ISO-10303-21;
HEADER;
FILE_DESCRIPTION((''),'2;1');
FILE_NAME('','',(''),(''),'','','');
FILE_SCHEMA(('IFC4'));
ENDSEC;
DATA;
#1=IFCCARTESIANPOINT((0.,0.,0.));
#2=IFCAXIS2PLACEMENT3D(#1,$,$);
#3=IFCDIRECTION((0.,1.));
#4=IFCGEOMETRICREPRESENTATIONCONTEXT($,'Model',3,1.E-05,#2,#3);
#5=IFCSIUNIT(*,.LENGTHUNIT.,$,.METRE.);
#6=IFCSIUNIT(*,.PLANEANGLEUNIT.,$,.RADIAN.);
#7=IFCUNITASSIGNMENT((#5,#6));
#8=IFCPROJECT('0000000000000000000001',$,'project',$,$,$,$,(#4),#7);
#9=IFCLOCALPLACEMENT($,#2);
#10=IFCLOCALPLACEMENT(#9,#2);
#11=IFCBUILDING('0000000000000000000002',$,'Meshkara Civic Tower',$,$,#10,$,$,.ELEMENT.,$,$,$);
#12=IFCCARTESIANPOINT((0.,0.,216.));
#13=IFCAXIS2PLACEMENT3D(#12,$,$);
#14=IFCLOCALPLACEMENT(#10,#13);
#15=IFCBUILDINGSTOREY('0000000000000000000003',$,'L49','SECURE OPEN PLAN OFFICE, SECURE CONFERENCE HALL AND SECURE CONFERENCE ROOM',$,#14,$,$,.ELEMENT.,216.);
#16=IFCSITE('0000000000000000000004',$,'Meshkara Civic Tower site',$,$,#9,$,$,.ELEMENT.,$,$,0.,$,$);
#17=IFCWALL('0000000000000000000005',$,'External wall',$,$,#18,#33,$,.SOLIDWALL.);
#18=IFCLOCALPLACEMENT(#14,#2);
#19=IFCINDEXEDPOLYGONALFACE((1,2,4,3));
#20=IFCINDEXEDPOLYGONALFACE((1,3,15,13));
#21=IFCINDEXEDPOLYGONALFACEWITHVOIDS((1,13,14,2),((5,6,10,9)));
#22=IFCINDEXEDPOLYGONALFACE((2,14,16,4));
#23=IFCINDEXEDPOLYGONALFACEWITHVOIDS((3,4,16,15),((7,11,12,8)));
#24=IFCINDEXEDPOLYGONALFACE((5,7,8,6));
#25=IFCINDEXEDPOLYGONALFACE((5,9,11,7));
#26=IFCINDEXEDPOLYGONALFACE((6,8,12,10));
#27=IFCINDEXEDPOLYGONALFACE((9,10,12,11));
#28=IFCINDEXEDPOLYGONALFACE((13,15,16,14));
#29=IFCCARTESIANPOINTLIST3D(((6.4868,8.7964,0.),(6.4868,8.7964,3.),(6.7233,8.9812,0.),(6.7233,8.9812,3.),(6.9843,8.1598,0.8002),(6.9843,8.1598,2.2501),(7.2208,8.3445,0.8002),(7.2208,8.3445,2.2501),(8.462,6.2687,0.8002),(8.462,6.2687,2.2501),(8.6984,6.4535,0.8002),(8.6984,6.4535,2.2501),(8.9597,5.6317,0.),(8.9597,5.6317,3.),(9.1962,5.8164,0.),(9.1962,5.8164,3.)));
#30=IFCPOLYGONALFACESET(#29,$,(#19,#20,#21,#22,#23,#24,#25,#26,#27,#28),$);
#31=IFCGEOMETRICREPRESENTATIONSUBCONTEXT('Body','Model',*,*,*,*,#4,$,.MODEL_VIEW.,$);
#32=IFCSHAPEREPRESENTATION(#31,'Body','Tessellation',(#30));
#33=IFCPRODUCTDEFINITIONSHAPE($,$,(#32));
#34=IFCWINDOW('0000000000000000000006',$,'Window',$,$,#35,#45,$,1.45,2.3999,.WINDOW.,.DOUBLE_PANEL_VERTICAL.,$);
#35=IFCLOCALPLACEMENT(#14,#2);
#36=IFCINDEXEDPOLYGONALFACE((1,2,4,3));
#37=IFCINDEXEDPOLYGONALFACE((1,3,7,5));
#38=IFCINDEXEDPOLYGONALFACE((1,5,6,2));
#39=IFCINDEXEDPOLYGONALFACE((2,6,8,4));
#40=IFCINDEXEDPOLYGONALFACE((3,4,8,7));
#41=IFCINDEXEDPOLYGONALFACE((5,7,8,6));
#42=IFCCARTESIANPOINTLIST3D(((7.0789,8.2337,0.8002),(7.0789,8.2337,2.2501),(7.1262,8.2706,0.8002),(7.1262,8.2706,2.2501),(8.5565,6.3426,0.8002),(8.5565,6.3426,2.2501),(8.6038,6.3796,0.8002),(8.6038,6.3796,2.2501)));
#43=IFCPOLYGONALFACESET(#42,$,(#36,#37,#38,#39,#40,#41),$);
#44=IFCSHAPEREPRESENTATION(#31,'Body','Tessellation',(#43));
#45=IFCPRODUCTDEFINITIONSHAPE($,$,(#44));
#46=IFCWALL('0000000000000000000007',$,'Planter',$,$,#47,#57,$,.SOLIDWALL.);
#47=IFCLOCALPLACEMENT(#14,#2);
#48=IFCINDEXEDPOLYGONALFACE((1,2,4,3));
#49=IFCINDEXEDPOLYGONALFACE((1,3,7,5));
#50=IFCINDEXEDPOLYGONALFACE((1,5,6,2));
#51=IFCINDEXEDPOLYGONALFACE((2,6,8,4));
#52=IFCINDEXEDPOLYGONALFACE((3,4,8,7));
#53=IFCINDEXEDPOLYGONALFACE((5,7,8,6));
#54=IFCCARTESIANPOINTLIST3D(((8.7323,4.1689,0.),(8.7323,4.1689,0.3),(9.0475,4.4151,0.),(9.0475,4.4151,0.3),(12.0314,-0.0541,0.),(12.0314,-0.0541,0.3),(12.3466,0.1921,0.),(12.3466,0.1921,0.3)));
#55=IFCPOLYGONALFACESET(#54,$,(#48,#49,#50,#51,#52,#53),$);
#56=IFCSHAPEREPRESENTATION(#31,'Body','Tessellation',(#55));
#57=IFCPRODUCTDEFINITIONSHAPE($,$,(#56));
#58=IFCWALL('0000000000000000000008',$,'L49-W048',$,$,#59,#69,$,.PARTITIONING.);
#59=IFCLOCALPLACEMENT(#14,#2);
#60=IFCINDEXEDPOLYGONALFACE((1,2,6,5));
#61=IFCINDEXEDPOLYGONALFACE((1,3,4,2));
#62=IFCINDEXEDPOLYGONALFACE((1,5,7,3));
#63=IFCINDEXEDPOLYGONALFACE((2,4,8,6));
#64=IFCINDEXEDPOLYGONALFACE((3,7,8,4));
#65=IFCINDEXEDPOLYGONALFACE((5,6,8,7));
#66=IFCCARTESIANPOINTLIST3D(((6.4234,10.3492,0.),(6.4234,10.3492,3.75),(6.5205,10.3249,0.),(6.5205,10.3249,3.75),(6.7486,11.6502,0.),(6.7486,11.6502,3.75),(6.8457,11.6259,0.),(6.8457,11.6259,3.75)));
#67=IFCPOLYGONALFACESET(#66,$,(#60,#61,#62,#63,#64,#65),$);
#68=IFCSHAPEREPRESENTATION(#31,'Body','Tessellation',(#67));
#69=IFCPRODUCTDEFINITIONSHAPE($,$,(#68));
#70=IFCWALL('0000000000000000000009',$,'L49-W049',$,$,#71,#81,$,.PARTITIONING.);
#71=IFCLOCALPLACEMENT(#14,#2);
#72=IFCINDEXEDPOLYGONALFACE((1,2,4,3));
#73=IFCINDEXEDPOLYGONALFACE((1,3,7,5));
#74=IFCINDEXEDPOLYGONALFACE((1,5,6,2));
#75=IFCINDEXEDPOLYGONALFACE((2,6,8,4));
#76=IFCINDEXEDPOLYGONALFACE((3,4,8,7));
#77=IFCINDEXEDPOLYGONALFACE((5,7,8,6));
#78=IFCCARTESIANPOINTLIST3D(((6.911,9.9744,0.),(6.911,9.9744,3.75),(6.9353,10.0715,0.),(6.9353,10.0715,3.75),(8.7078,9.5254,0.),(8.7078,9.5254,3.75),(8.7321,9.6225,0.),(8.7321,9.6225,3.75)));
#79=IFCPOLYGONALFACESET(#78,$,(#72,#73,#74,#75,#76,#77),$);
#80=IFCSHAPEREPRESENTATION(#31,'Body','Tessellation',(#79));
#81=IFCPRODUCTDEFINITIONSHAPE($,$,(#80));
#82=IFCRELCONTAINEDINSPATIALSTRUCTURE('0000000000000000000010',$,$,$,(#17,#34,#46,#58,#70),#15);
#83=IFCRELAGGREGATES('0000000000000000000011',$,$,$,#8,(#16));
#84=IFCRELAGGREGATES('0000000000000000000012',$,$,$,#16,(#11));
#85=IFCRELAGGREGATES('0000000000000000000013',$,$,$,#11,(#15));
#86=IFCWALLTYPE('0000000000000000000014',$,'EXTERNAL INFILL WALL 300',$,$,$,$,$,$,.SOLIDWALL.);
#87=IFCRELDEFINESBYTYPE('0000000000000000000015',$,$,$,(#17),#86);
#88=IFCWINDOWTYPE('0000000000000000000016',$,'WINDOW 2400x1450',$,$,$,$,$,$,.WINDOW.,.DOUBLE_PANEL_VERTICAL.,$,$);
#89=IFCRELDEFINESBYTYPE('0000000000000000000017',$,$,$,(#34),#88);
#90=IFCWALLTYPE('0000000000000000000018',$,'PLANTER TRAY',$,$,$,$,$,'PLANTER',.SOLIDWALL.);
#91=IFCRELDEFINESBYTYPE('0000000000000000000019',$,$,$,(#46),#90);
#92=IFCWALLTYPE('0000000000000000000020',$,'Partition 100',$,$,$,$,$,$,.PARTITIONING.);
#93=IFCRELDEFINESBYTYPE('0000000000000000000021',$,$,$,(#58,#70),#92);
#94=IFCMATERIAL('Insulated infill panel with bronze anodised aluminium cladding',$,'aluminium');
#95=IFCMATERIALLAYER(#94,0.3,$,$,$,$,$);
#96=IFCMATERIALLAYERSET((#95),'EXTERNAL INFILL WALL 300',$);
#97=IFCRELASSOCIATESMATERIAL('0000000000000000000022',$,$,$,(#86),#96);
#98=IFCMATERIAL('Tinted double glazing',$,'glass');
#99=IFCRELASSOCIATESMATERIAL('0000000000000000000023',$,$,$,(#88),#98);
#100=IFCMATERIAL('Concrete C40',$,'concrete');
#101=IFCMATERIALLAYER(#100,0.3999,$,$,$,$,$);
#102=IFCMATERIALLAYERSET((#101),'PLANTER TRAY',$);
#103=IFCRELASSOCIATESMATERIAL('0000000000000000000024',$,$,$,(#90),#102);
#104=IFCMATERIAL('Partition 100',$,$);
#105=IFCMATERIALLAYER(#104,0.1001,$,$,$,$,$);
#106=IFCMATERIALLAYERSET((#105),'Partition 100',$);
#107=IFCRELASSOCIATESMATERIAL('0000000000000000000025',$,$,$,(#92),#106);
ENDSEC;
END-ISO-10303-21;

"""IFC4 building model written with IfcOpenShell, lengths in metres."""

from ifc_helpers import new_model, si_unit, direction, frame, frame_2d, origin, place, context, subcontext, project, spatial, rectangle, extrude, material, layer, layer_set, type_object, element, fill, save


model = new_model("IFC4")

# Units and contexts
model_context = context("Model", 3, precision=1e-05, world=origin(), true_north=direction((0.0, 1.0)))
body_context = subcontext(model_context, "Body", "Model", "MODEL_VIEW")
ifc_project = project(units=[si_unit("LENGTHUNIT", "METRE"), si_unit("PLANEANGLEUNIT", "RADIAN")], contexts=[model_context])

# Site, building, storey
site_placement = place(None, origin())
site = spatial("IfcSite", under=ifc_project, at=site_placement, Name="Meshkara Civic Tower site", CompositionType="ELEMENT", RefElevation=0.0)
building_placement = place(site_placement, origin())
building = spatial("IfcBuilding", under=site, at=building_placement, Name="Meshkara Civic Tower", CompositionType="ELEMENT")
storey_placement = place(building_placement, frame((0.0, 0.0, 216.0)))
storey = spatial("IfcBuildingStorey", under=building, at=storey_placement, Name="L49", Description="SECURE OPEN PLAN OFFICE, SECURE CONFERENCE HALL AND SECURE CONFERENCE ROOM", CompositionType="ELEMENT", Elevation=216.0)

# Wall, opening, window
ifc_material_1 = material(Name="Insulated infill panel with bronze anodised aluminium cladding", Category="aluminium")
ifc_layer_1 = layer(ifc_material_1, 0.3)
ifc_layer_set_1 = layer_set([ifc_layer_1], Name="EXTERNAL INFILL WALL 300")
wall_type_1 = type_object("IfcWallType", Name="EXTERNAL INFILL WALL 300", PredefinedType="SOLIDWALL", material=ifc_layer_set_1)
wall_1_placement = place(storey_placement, frame((6.605, 8.8889, 0.0), z_axis=(0.0, 0.0, 1.0), x_axis=(0.615707, -0.787976, 0.0)))
wall_1 = element("IfcWall", 1, at=wall_1_placement, inside=storey, type_object=wall_type_1, Name="External wall", PredefinedType="SOLIDWALL", context=body_context, shape_type="SweptSolid", body=[
    extrude(rectangle(XDim=4.0164, YDim=0.3, at=frame_2d((2.0083, 0.0))), origin(), (0.0, 0.0, 1.0), 3.0),
])
opening_1_placement = place(wall_1_placement, frame((0.8081, 0.0, 0.8)))
opening_1 = element("IfcOpeningElement", 2, at=opening_1_placement, cuts=wall_1, PredefinedType="OPENING", context=body_context, shape_type="SweptSolid", body=[
    extrude(rectangle(XDim=2.3999, YDim=1.45, at=frame_2d((1.2, 0.7251))), frame((0.0, 0.1599, 0.0), z_axis=(0.0, -1.0, 0.0), x_axis=(1.0, 0.0, 0.0)), (0.0, 0.0, 1.0), 0.3201),
])
ifc_material_2 = material(Name="Tinted double glazing", Category="glass")
window_type = type_object("IfcWindowType", Name="WINDOW 2400x1450", PartitioningType="DOUBLE_PANEL_VERTICAL", PredefinedType="WINDOW", material=ifc_material_2)
window_placement = place(opening_1_placement, origin())
window = element("IfcWindow", 3, at=window_placement, inside=storey, type_object=window_type, Name="Window", OverallHeight=1.45, OverallWidth=2.3999, PartitioningType="DOUBLE_PANEL_VERTICAL", PredefinedType="WINDOW", context=body_context, shape_type="SweptSolid", body=[
    extrude(rectangle(XDim=2.3999, YDim=1.45, at=frame_2d((1.2, 0.7251))), frame((0.0, 0.03, 0.0), z_axis=(0.0, -1.0, 0.0), x_axis=(1.0, 0.0, 0.0)), (0.0, 0.0, 1.0), 0.0601),
])
fill(opening_1, window)

# Walls
ifc_material_3 = material(Name="Concrete C40", Category="concrete")
ifc_layer_2 = layer(ifc_material_3, 0.3999)
ifc_layer_set_2 = layer_set([ifc_layer_2], Name="PLANTER TRAY")
wall_type_2 = type_object("IfcWallType", Name="PLANTER TRAY", ElementType="PLANTER", PredefinedType="SOLIDWALL", material=ifc_layer_set_2)
wall_2_placement = place(storey_placement, frame((8.8899, 4.292, 0.0), z_axis=(0.0, 0.0, 1.0), x_axis=(0.615636, -0.788031, 0.0)))
element("IfcWall", 4, at=wall_2_placement, inside=storey, type_object=wall_type_2, Name="Planter", PredefinedType="SOLIDWALL", context=body_context, shape_type="SweptSolid", body=[
    extrude(rectangle(XDim=5.3589, YDim=0.3999, at=frame_2d((2.6794, 0.0))), origin(), (0.0, 0.0, 1.0), 0.3),
])
ifc_material_4 = material(Name="Partition 100")
ifc_layer_3 = layer(ifc_material_4, 0.1001)
ifc_layer_set_3 = layer_set([ifc_layer_3], Name="Partition 100")
wall_type_3 = type_object("IfcWallType", Name="Partition 100", PredefinedType="PARTITIONING", material=ifc_layer_set_3)
wall_3_placement = place(storey_placement, frame((6.7971, 11.6379, 0.0), z_axis=(0.0, 0.0, 1.0), x_axis=(-0.242493, -0.970153, 0.0)))
element("IfcWall", 5, at=wall_3_placement, inside=storey, type_object=wall_type_3, Name="L49-W048", PredefinedType="PARTITIONING", context=body_context, shape_type="SweptSolid", body=[
    extrude(rectangle(XDim=1.3411, YDim=0.1001, at=frame_2d((0.6704, 0.0))), origin(), (0.0, 0.0, 1.0), 3.75),
])
wall_4_placement = place(storey_placement, frame((8.72, 9.574, 0.0), z_axis=(0.0, 0.0, 1.0), x_axis=(-0.970174, 0.242412, 0.0)))
element("IfcWall", 6, at=wall_4_placement, inside=storey, type_object=wall_type_3, Name="L49-W049", PredefinedType="PARTITIONING", context=body_context, shape_type="SweptSolid", body=[
    extrude(rectangle(XDim=1.8521, YDim=0.1001, at=frame_2d((0.926, 0.0))), origin(), (0.0, 0.0, 1.0), 3.75),
])

save(model, "model.ifc")
